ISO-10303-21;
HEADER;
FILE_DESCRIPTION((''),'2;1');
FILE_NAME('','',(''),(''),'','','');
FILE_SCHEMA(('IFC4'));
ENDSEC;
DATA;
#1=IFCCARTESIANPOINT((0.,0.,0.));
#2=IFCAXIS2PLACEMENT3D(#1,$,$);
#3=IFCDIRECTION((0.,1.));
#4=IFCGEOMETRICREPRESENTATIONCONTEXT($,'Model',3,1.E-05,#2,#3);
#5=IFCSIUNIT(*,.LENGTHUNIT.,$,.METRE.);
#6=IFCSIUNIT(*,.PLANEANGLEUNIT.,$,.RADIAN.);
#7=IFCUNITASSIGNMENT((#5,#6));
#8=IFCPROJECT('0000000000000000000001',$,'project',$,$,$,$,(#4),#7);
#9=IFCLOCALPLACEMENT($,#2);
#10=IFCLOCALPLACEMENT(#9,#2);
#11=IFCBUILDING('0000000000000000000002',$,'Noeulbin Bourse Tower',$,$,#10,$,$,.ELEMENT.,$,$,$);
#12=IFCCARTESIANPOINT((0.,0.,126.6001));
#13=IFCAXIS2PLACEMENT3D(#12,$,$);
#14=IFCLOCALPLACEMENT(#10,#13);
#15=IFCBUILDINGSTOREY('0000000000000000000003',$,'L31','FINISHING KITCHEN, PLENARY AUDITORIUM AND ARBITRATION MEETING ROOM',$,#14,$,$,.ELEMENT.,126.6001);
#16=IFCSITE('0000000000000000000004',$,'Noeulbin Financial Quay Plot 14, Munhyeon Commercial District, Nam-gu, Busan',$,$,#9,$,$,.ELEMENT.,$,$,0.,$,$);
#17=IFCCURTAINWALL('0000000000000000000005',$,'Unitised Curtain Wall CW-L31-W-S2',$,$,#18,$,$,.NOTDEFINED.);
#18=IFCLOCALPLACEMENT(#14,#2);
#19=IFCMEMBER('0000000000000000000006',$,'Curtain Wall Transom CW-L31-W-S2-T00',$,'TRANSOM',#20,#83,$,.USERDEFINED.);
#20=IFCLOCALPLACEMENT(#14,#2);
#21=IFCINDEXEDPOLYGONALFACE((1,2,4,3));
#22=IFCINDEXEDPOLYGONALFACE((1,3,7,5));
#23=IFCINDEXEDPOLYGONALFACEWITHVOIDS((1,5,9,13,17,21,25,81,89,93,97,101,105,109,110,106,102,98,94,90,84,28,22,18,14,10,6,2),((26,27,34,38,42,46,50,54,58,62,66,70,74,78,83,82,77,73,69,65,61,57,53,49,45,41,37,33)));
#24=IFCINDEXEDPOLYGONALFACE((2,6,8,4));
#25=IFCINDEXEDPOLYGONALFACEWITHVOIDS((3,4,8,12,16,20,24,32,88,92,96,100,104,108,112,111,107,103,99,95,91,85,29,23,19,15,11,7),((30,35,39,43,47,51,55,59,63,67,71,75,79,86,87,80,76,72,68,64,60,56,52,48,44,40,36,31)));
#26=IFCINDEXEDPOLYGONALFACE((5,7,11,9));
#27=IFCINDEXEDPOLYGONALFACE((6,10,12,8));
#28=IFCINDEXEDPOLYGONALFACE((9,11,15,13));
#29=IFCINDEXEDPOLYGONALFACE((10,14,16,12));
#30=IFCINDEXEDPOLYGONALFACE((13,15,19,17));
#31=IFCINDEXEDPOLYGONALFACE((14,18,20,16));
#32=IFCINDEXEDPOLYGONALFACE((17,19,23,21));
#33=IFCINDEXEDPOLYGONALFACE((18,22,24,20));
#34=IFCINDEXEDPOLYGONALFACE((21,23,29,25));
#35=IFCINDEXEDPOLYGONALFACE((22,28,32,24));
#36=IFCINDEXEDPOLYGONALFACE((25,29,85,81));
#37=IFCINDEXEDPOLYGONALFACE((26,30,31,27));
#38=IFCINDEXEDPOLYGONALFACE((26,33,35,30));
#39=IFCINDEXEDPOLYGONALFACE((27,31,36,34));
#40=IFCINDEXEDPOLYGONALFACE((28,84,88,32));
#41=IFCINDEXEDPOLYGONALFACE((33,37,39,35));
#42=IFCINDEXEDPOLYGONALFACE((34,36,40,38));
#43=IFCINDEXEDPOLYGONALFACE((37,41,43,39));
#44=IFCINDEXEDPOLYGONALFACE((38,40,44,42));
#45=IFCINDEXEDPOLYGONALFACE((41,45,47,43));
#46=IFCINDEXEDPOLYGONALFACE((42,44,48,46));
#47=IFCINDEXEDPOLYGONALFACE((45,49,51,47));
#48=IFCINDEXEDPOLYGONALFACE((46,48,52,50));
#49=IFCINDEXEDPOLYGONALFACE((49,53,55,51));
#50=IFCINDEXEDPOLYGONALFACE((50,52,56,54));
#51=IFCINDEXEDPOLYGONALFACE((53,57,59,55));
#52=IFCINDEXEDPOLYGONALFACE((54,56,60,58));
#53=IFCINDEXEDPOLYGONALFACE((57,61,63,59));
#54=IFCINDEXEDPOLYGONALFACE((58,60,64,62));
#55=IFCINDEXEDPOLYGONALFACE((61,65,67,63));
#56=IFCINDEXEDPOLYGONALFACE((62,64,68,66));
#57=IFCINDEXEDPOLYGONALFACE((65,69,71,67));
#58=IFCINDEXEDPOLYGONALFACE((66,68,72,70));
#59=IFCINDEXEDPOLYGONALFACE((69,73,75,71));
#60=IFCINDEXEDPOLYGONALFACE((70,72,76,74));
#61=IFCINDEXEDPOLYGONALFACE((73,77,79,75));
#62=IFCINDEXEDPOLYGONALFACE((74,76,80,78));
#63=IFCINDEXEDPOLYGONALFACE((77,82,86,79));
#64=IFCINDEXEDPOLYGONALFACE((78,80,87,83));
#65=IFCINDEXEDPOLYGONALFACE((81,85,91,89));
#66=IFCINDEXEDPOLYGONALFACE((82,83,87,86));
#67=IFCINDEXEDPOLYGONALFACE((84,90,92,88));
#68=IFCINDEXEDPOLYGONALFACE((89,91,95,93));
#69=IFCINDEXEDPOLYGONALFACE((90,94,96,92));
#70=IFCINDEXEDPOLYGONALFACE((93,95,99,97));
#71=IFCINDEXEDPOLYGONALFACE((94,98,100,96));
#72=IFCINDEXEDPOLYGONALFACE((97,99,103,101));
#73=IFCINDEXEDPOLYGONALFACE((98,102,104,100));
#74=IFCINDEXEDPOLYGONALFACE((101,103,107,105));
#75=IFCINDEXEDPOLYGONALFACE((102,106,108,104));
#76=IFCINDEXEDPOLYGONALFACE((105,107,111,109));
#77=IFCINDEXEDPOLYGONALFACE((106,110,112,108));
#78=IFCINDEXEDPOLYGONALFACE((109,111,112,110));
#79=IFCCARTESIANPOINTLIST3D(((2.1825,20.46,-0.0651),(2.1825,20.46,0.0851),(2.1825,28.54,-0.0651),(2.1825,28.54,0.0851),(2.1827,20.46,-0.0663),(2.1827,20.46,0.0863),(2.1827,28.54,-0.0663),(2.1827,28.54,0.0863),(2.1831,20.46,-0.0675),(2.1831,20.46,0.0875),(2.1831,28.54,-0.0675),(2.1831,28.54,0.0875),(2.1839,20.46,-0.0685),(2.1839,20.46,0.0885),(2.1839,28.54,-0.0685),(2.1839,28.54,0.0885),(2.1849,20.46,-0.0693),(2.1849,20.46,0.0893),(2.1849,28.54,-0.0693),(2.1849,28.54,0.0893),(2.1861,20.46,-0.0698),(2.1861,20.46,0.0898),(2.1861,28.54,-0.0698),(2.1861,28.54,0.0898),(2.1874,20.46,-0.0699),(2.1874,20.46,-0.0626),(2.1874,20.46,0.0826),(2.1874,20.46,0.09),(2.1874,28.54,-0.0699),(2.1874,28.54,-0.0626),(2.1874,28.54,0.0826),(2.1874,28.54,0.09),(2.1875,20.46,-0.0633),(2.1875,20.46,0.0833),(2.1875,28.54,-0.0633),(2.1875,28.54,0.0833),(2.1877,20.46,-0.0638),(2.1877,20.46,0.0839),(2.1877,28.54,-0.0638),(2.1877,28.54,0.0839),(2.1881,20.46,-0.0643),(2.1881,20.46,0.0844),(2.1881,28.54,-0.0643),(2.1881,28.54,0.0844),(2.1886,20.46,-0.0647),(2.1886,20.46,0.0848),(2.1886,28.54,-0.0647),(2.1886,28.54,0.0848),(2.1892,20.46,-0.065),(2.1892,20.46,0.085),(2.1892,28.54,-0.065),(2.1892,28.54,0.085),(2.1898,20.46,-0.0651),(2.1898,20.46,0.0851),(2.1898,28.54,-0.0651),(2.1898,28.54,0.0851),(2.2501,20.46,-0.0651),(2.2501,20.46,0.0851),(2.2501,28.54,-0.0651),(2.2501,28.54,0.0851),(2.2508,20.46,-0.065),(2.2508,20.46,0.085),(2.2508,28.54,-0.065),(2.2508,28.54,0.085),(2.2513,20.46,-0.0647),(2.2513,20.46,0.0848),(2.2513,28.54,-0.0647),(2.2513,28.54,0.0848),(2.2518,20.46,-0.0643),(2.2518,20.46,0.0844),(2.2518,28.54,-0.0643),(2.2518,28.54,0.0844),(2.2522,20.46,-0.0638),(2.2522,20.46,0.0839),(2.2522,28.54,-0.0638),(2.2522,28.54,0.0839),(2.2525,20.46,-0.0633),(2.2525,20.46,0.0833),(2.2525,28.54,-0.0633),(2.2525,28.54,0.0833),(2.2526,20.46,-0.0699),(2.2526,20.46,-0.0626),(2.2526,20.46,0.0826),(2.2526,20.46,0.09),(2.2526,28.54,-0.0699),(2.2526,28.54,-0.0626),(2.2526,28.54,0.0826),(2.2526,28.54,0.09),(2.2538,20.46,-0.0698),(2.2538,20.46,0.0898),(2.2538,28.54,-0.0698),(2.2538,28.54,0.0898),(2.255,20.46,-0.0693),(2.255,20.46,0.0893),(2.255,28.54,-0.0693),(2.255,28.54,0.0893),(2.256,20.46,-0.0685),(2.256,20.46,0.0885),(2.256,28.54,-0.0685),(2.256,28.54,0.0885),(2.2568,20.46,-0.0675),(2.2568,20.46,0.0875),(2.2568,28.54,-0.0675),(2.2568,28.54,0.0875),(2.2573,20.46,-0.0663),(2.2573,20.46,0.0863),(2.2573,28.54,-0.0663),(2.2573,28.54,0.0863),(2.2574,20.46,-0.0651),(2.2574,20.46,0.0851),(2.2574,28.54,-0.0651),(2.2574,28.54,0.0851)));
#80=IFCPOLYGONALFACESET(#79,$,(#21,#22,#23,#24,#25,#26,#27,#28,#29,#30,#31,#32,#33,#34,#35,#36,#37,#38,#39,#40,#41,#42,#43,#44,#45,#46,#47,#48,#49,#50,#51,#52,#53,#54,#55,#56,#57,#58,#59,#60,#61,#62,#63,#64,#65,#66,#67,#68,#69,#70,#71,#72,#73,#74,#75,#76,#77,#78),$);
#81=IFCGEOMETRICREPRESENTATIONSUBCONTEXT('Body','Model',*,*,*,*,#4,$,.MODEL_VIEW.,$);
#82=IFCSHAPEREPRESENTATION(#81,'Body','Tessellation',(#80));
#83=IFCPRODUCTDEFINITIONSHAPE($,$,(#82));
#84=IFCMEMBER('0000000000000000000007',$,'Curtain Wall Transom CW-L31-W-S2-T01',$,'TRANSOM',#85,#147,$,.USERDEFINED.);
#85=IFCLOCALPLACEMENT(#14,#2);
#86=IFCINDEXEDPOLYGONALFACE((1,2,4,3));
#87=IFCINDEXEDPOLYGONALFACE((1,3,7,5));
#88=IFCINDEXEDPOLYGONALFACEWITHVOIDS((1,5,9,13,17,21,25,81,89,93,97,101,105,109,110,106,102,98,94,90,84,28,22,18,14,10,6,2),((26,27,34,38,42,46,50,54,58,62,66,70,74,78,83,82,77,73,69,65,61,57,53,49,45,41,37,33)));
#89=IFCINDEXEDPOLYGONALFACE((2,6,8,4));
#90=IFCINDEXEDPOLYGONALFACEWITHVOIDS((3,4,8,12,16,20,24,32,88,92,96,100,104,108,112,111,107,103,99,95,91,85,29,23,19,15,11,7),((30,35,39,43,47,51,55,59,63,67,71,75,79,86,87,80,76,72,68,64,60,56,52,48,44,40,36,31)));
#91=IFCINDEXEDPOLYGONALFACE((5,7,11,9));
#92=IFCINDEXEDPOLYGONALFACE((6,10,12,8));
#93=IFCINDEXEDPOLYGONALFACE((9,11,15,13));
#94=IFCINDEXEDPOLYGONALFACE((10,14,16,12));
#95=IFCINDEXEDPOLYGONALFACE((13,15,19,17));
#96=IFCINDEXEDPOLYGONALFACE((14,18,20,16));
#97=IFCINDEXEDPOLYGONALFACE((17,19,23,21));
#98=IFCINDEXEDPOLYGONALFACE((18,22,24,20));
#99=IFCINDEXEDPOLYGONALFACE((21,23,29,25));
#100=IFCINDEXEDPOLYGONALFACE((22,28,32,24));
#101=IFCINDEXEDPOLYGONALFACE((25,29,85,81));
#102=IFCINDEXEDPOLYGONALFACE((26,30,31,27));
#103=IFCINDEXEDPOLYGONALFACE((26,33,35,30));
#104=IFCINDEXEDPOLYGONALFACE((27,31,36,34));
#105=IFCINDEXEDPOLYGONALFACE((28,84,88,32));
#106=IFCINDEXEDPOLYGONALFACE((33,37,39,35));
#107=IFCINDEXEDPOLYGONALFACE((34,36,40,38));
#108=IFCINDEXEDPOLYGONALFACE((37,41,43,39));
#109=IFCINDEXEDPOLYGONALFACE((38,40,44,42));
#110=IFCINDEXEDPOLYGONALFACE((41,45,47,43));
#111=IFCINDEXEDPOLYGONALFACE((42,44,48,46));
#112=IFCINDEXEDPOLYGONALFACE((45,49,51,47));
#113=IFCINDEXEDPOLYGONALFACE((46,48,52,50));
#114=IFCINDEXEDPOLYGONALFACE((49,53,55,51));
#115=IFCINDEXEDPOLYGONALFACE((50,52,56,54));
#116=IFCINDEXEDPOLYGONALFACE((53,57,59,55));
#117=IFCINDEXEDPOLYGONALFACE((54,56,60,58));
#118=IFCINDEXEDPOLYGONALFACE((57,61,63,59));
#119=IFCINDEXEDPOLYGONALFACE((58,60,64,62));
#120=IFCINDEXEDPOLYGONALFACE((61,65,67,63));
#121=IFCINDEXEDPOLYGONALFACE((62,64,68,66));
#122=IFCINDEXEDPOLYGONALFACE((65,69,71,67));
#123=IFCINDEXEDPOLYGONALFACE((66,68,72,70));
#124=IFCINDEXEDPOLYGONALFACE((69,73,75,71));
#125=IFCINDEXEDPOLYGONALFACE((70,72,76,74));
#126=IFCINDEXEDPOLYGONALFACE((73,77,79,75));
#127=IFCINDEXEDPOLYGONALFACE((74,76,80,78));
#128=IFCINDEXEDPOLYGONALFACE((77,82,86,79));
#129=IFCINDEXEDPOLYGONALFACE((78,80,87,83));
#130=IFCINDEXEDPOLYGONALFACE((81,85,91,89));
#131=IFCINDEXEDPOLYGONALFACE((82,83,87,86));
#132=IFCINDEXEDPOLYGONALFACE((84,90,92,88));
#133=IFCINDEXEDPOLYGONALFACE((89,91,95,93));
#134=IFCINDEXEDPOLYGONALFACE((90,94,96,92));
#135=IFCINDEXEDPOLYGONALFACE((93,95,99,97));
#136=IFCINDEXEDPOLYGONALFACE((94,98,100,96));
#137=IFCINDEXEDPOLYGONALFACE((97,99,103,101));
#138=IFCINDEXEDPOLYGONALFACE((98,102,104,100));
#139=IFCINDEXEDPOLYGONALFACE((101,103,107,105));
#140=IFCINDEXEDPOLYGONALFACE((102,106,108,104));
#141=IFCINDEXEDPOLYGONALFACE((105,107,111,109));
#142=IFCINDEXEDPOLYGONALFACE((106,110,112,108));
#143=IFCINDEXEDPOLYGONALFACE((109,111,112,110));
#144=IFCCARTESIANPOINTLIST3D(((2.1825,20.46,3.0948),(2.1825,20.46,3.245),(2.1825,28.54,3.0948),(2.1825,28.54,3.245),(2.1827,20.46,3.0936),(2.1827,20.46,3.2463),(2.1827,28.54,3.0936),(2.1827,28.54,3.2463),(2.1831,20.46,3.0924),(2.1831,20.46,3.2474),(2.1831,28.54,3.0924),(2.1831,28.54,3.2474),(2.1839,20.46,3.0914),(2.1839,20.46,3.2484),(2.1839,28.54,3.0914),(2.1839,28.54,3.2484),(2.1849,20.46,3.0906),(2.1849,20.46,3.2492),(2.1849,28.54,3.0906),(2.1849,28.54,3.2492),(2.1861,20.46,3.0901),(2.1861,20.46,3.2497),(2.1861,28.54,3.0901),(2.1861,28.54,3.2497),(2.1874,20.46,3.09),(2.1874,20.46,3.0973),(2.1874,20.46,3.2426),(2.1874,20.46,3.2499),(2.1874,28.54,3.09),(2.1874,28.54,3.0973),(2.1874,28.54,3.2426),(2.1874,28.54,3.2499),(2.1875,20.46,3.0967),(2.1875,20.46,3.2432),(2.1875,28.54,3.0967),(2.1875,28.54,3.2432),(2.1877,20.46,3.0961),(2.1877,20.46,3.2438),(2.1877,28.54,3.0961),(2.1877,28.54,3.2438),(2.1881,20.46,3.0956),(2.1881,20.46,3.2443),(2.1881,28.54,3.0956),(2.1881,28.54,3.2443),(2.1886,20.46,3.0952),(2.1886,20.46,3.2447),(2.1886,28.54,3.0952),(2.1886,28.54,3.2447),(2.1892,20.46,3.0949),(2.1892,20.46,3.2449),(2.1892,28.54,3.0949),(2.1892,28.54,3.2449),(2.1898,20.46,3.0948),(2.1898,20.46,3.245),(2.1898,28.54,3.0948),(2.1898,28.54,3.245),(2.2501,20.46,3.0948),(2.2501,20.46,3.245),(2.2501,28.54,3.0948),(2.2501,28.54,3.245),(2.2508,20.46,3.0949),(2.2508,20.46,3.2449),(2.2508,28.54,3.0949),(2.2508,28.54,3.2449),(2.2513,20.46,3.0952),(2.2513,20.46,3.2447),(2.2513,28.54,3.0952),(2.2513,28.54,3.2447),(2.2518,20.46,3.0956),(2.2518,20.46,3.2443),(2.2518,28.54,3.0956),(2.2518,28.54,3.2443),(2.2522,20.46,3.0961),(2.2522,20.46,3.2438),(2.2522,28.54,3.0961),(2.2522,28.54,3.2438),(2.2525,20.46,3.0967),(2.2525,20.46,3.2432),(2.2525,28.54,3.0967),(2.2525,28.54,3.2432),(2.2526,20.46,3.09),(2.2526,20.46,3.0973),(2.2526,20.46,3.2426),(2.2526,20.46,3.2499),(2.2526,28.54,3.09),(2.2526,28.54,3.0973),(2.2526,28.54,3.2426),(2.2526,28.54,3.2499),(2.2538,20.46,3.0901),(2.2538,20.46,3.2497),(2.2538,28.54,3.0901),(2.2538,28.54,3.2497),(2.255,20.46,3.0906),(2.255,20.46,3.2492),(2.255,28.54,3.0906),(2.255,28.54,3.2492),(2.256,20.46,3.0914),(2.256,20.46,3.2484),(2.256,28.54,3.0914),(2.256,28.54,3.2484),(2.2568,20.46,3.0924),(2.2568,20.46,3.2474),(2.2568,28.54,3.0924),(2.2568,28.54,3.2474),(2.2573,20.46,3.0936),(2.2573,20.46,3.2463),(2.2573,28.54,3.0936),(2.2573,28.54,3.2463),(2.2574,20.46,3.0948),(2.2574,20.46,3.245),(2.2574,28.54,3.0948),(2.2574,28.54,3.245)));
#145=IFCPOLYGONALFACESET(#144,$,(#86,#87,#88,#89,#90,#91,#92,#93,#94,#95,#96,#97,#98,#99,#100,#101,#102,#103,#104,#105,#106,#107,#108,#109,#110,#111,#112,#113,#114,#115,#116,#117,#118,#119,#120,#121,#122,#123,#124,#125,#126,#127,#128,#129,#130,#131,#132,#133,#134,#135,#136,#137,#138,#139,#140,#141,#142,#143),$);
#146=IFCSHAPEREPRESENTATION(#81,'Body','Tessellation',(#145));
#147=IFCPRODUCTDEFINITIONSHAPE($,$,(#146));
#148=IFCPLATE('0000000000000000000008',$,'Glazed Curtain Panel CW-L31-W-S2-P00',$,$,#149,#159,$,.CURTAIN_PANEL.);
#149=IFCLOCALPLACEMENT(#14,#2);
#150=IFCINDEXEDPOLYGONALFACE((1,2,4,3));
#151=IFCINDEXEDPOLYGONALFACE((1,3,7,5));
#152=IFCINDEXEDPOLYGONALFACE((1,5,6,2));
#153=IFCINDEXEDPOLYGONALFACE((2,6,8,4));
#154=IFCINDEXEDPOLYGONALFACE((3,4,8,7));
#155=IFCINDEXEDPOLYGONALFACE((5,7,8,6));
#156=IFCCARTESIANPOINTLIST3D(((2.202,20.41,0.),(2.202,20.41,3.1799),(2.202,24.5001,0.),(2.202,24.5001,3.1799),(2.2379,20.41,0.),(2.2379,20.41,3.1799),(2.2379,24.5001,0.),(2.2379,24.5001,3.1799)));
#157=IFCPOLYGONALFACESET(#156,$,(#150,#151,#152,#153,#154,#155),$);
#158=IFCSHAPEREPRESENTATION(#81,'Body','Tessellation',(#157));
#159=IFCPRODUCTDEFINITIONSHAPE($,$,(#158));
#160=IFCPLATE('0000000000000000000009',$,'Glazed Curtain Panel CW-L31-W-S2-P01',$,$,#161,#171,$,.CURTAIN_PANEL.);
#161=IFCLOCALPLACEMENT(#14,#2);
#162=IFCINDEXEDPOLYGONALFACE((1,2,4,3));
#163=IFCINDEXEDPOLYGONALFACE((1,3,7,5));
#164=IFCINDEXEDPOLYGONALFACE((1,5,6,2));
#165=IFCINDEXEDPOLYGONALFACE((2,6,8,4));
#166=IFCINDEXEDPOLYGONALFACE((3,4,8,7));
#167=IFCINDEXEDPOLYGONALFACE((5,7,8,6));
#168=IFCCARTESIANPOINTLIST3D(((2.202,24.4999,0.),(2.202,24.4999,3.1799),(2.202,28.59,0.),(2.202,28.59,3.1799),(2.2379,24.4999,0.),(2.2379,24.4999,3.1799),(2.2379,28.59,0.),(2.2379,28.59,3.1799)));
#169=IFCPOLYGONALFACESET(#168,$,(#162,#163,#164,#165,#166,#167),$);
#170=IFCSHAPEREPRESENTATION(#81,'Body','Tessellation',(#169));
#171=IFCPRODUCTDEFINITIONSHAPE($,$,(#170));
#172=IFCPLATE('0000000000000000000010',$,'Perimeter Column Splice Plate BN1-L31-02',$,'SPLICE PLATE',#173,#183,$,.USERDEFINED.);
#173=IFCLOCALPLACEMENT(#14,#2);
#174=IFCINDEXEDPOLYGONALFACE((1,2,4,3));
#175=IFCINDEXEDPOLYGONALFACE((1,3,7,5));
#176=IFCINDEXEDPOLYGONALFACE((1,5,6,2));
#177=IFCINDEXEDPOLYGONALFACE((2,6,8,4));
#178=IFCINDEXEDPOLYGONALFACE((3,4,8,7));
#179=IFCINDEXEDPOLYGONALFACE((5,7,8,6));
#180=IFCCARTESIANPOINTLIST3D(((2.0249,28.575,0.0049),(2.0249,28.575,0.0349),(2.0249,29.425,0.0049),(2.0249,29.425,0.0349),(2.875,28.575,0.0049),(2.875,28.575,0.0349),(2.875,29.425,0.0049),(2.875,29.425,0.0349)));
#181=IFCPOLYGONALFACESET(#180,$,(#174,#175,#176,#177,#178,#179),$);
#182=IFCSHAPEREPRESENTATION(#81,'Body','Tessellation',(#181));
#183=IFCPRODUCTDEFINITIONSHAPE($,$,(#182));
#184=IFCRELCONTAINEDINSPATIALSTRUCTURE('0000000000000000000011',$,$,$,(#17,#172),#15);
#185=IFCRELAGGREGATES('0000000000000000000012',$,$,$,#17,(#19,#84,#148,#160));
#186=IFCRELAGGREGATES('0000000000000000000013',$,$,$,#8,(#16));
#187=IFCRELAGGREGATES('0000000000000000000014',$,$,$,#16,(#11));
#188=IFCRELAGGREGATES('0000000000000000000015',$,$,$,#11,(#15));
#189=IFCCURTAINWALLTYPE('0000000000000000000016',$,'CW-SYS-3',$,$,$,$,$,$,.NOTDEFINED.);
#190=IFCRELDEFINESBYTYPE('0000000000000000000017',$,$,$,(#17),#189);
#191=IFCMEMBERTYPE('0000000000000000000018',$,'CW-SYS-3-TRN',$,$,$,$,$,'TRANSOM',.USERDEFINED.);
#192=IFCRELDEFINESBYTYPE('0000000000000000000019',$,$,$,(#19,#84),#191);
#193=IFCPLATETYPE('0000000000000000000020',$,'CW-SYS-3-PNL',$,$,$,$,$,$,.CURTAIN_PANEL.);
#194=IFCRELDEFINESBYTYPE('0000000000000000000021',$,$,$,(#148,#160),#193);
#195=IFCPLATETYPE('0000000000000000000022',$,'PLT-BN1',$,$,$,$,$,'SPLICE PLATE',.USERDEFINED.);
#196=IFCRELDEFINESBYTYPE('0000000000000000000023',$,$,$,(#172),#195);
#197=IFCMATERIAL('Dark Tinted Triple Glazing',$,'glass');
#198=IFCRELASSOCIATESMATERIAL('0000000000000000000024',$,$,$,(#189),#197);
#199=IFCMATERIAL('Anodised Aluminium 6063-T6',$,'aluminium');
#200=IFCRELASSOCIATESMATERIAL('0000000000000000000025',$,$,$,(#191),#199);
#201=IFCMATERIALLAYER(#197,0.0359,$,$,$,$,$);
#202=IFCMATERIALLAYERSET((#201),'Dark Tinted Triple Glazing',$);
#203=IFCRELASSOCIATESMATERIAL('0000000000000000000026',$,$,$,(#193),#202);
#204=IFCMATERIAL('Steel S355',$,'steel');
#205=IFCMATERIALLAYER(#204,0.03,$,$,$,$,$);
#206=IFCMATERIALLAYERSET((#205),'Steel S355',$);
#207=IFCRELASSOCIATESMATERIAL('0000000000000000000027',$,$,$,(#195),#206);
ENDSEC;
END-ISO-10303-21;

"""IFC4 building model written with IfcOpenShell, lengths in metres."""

from ifc_helpers import new_model, si_unit, direction, frame, origin, origin_2d, place, context, subcontext, project, spatial, rectangle, hollow_rectangle, extrude, material, layer, layer_set, material_profile, profile_set, type_object, element, aggregate, save


model = new_model("IFC4")

# Units and contexts
model_context = context("Model", 3, precision=1e-05, world=origin(), true_north=direction((0.0, 1.0)))
body_context = subcontext(model_context, "Body", "Model", "MODEL_VIEW")
ifc_project = project(units=[si_unit("LENGTHUNIT", "METRE"), si_unit("PLANEANGLEUNIT", "RADIAN")], contexts=[model_context])

# Site, building, storey
site_placement = place(None, origin())
site = spatial("IfcSite", under=ifc_project, at=site_placement, Name="Noeulbin Financial Quay Plot 14, Munhyeon Commercial District, Nam-gu, Busan", CompositionType="ELEMENT", RefElevation=0.0)
building_placement = place(site_placement, origin())
building = spatial("IfcBuilding", under=site, at=building_placement, Name="Noeulbin Bourse Tower", CompositionType="ELEMENT")
storey_placement = place(building_placement, frame((0.0, 0.0, 126.6001)))
storey = spatial("IfcBuildingStorey", under=building, at=storey_placement, Name="L31", Description="FINISHING KITCHEN, PLENARY AUDITORIUM AND ARBITRATION MEETING ROOM", CompositionType="ELEMENT", Elevation=126.6001)

# Shared definitions
ifc_material_1 = material(Name="Steel S355", Category="steel")

# Curtain wall, members, plates
ifc_material_2 = material(Name="Dark Tinted Triple Glazing", Category="glass")
curtain_wall_type = type_object("IfcCurtainWallType", Name="CW-SYS-3", PredefinedType="NOTDEFINED", material=ifc_material_2)
curtain_wall_placement = place(storey_placement, origin())
curtain_wall = element("IfcCurtainWall", 1, at=curtain_wall_placement, inside=storey, type_object=curtain_wall_type, Name="Unitised Curtain Wall CW-L31-W-S2", PredefinedType="NOTDEFINED")
ifc_material_3 = material(Name="Anodised Aluminium 6063-T6", Category="aluminium")
ifc_material_profile_1 = material_profile(ifc_material_3, hollow_rectangle(XDim=0.075, YDim=0.1599, WallThickness=0.0049, InnerFilletRadius=0.0024, OuterFilletRadius=0.0049, at=origin_2d()), Name="ALU-TRAN-75x160x5", Category="LoadBearing")
ifc_profile_set_1 = profile_set([ifc_material_profile_1], Name="Anodised Aluminium 6063-T6")
member_type_1 = type_object("IfcMemberType", Name="CW-SYS-3-TRN", ElementType="TRANSOM", PredefinedType="USERDEFINED", material=ifc_profile_set_1)
member_1_placement = place(storey_placement, frame((2.22, 20.46, 0.01), z_axis=(0.0, 1.0, 0.0), x_axis=(-1.0, 0.0, 0.0)))
member_1 = element("IfcMember", 2, at=member_1_placement, type_object=member_type_1, Name="Curtain Wall Transom CW-L31-W-S2-T00", ObjectType="TRANSOM", PredefinedType="USERDEFINED", context=body_context, shape_type="SweptSolid", body=[
    extrude(hollow_rectangle(XDim=0.075, YDim=0.1599, WallThickness=0.0049, InnerFilletRadius=0.0024, OuterFilletRadius=0.0049, at=origin_2d()), origin(), (0.0, 0.0, 1.0), 8.0801),
])
member_2_placement = place(storey_placement, frame((2.22, 20.46, 3.1699), z_axis=(0.0, 1.0, 0.0), x_axis=(-1.0, 0.0, 0.0)))
member_2 = element("IfcMember", 3, at=member_2_placement, type_object=member_type_1, Name="Curtain Wall Transom CW-L31-W-S2-T01", ObjectType="TRANSOM", PredefinedType="USERDEFINED", context=body_context, shape_type="SweptSolid", body=[
    extrude(hollow_rectangle(XDim=0.075, YDim=0.1599, WallThickness=0.0049, InnerFilletRadius=0.0024, OuterFilletRadius=0.0049, at=origin_2d()), origin(), (0.0, 0.0, 1.0), 8.0801),
])
ifc_layer_1 = layer(ifc_material_2, 0.0359)
ifc_layer_set_1 = layer_set([ifc_layer_1], Name="Dark Tinted Triple Glazing")
plate_type_1 = type_object("IfcPlateType", Name="CW-SYS-3-PNL", PredefinedType="CURTAIN_PANEL", material=ifc_layer_set_1)
plate_1_placement = place(storey_placement, frame((2.22, 22.4551, 0.0), z_axis=(0.0, 0.0, 1.0), x_axis=(0.0, 1.0, 0.0)))
plate_1 = element("IfcPlate", 4, at=plate_1_placement, type_object=plate_type_1, Name="Glazed Curtain Panel CW-L31-W-S2-P00", PredefinedType="CURTAIN_PANEL", context=body_context, shape_type="SweptSolid", body=[
    extrude(rectangle(XDim=4.0901, YDim=0.0359, at=origin_2d()), origin(), (0.0, 0.0, 1.0), 3.1799),
])
plate_2_placement = place(storey_placement, frame((2.22, 26.5449, 0.0), z_axis=(0.0, 0.0, 1.0), x_axis=(0.0, 1.0, 0.0)))
plate_2 = element("IfcPlate", 5, at=plate_2_placement, type_object=plate_type_1, Name="Glazed Curtain Panel CW-L31-W-S2-P01", PredefinedType="CURTAIN_PANEL", context=body_context, shape_type="SweptSolid", body=[
    extrude(rectangle(XDim=4.0901, YDim=0.0359, at=origin_2d()), origin(), (0.0, 0.0, 1.0), 3.1799),
])
aggregate(curtain_wall, [member_1, member_2, plate_1, plate_2])

# Plate
ifc_layer_2 = layer(ifc_material_1, 0.03)
ifc_layer_set_2 = layer_set([ifc_layer_2], Name="Steel S355")
plate_type_2 = type_object("IfcPlateType", Name="PLT-BN1", ElementType="SPLICE PLATE", PredefinedType="USERDEFINED", material=ifc_layer_set_2)
plate_3_placement = place(storey_placement, frame((2.45, 29.0, 0.0049), z_axis=(0.0, 0.0, 1.0), x_axis=(1.0, 0.0, 0.0)))
element("IfcPlate", 6, at=plate_3_placement, inside=storey, type_object=plate_type_2, Name="Perimeter Column Splice Plate BN1-L31-02", ObjectType="SPLICE PLATE", PredefinedType="USERDEFINED", context=body_context, shape_type="SweptSolid", body=[
    extrude(rectangle(XDim=0.8501, YDim=0.8501, at=origin_2d()), origin(), (0.0, 0.0, 1.0), 0.03),
])

save(model, "model.ifc")
